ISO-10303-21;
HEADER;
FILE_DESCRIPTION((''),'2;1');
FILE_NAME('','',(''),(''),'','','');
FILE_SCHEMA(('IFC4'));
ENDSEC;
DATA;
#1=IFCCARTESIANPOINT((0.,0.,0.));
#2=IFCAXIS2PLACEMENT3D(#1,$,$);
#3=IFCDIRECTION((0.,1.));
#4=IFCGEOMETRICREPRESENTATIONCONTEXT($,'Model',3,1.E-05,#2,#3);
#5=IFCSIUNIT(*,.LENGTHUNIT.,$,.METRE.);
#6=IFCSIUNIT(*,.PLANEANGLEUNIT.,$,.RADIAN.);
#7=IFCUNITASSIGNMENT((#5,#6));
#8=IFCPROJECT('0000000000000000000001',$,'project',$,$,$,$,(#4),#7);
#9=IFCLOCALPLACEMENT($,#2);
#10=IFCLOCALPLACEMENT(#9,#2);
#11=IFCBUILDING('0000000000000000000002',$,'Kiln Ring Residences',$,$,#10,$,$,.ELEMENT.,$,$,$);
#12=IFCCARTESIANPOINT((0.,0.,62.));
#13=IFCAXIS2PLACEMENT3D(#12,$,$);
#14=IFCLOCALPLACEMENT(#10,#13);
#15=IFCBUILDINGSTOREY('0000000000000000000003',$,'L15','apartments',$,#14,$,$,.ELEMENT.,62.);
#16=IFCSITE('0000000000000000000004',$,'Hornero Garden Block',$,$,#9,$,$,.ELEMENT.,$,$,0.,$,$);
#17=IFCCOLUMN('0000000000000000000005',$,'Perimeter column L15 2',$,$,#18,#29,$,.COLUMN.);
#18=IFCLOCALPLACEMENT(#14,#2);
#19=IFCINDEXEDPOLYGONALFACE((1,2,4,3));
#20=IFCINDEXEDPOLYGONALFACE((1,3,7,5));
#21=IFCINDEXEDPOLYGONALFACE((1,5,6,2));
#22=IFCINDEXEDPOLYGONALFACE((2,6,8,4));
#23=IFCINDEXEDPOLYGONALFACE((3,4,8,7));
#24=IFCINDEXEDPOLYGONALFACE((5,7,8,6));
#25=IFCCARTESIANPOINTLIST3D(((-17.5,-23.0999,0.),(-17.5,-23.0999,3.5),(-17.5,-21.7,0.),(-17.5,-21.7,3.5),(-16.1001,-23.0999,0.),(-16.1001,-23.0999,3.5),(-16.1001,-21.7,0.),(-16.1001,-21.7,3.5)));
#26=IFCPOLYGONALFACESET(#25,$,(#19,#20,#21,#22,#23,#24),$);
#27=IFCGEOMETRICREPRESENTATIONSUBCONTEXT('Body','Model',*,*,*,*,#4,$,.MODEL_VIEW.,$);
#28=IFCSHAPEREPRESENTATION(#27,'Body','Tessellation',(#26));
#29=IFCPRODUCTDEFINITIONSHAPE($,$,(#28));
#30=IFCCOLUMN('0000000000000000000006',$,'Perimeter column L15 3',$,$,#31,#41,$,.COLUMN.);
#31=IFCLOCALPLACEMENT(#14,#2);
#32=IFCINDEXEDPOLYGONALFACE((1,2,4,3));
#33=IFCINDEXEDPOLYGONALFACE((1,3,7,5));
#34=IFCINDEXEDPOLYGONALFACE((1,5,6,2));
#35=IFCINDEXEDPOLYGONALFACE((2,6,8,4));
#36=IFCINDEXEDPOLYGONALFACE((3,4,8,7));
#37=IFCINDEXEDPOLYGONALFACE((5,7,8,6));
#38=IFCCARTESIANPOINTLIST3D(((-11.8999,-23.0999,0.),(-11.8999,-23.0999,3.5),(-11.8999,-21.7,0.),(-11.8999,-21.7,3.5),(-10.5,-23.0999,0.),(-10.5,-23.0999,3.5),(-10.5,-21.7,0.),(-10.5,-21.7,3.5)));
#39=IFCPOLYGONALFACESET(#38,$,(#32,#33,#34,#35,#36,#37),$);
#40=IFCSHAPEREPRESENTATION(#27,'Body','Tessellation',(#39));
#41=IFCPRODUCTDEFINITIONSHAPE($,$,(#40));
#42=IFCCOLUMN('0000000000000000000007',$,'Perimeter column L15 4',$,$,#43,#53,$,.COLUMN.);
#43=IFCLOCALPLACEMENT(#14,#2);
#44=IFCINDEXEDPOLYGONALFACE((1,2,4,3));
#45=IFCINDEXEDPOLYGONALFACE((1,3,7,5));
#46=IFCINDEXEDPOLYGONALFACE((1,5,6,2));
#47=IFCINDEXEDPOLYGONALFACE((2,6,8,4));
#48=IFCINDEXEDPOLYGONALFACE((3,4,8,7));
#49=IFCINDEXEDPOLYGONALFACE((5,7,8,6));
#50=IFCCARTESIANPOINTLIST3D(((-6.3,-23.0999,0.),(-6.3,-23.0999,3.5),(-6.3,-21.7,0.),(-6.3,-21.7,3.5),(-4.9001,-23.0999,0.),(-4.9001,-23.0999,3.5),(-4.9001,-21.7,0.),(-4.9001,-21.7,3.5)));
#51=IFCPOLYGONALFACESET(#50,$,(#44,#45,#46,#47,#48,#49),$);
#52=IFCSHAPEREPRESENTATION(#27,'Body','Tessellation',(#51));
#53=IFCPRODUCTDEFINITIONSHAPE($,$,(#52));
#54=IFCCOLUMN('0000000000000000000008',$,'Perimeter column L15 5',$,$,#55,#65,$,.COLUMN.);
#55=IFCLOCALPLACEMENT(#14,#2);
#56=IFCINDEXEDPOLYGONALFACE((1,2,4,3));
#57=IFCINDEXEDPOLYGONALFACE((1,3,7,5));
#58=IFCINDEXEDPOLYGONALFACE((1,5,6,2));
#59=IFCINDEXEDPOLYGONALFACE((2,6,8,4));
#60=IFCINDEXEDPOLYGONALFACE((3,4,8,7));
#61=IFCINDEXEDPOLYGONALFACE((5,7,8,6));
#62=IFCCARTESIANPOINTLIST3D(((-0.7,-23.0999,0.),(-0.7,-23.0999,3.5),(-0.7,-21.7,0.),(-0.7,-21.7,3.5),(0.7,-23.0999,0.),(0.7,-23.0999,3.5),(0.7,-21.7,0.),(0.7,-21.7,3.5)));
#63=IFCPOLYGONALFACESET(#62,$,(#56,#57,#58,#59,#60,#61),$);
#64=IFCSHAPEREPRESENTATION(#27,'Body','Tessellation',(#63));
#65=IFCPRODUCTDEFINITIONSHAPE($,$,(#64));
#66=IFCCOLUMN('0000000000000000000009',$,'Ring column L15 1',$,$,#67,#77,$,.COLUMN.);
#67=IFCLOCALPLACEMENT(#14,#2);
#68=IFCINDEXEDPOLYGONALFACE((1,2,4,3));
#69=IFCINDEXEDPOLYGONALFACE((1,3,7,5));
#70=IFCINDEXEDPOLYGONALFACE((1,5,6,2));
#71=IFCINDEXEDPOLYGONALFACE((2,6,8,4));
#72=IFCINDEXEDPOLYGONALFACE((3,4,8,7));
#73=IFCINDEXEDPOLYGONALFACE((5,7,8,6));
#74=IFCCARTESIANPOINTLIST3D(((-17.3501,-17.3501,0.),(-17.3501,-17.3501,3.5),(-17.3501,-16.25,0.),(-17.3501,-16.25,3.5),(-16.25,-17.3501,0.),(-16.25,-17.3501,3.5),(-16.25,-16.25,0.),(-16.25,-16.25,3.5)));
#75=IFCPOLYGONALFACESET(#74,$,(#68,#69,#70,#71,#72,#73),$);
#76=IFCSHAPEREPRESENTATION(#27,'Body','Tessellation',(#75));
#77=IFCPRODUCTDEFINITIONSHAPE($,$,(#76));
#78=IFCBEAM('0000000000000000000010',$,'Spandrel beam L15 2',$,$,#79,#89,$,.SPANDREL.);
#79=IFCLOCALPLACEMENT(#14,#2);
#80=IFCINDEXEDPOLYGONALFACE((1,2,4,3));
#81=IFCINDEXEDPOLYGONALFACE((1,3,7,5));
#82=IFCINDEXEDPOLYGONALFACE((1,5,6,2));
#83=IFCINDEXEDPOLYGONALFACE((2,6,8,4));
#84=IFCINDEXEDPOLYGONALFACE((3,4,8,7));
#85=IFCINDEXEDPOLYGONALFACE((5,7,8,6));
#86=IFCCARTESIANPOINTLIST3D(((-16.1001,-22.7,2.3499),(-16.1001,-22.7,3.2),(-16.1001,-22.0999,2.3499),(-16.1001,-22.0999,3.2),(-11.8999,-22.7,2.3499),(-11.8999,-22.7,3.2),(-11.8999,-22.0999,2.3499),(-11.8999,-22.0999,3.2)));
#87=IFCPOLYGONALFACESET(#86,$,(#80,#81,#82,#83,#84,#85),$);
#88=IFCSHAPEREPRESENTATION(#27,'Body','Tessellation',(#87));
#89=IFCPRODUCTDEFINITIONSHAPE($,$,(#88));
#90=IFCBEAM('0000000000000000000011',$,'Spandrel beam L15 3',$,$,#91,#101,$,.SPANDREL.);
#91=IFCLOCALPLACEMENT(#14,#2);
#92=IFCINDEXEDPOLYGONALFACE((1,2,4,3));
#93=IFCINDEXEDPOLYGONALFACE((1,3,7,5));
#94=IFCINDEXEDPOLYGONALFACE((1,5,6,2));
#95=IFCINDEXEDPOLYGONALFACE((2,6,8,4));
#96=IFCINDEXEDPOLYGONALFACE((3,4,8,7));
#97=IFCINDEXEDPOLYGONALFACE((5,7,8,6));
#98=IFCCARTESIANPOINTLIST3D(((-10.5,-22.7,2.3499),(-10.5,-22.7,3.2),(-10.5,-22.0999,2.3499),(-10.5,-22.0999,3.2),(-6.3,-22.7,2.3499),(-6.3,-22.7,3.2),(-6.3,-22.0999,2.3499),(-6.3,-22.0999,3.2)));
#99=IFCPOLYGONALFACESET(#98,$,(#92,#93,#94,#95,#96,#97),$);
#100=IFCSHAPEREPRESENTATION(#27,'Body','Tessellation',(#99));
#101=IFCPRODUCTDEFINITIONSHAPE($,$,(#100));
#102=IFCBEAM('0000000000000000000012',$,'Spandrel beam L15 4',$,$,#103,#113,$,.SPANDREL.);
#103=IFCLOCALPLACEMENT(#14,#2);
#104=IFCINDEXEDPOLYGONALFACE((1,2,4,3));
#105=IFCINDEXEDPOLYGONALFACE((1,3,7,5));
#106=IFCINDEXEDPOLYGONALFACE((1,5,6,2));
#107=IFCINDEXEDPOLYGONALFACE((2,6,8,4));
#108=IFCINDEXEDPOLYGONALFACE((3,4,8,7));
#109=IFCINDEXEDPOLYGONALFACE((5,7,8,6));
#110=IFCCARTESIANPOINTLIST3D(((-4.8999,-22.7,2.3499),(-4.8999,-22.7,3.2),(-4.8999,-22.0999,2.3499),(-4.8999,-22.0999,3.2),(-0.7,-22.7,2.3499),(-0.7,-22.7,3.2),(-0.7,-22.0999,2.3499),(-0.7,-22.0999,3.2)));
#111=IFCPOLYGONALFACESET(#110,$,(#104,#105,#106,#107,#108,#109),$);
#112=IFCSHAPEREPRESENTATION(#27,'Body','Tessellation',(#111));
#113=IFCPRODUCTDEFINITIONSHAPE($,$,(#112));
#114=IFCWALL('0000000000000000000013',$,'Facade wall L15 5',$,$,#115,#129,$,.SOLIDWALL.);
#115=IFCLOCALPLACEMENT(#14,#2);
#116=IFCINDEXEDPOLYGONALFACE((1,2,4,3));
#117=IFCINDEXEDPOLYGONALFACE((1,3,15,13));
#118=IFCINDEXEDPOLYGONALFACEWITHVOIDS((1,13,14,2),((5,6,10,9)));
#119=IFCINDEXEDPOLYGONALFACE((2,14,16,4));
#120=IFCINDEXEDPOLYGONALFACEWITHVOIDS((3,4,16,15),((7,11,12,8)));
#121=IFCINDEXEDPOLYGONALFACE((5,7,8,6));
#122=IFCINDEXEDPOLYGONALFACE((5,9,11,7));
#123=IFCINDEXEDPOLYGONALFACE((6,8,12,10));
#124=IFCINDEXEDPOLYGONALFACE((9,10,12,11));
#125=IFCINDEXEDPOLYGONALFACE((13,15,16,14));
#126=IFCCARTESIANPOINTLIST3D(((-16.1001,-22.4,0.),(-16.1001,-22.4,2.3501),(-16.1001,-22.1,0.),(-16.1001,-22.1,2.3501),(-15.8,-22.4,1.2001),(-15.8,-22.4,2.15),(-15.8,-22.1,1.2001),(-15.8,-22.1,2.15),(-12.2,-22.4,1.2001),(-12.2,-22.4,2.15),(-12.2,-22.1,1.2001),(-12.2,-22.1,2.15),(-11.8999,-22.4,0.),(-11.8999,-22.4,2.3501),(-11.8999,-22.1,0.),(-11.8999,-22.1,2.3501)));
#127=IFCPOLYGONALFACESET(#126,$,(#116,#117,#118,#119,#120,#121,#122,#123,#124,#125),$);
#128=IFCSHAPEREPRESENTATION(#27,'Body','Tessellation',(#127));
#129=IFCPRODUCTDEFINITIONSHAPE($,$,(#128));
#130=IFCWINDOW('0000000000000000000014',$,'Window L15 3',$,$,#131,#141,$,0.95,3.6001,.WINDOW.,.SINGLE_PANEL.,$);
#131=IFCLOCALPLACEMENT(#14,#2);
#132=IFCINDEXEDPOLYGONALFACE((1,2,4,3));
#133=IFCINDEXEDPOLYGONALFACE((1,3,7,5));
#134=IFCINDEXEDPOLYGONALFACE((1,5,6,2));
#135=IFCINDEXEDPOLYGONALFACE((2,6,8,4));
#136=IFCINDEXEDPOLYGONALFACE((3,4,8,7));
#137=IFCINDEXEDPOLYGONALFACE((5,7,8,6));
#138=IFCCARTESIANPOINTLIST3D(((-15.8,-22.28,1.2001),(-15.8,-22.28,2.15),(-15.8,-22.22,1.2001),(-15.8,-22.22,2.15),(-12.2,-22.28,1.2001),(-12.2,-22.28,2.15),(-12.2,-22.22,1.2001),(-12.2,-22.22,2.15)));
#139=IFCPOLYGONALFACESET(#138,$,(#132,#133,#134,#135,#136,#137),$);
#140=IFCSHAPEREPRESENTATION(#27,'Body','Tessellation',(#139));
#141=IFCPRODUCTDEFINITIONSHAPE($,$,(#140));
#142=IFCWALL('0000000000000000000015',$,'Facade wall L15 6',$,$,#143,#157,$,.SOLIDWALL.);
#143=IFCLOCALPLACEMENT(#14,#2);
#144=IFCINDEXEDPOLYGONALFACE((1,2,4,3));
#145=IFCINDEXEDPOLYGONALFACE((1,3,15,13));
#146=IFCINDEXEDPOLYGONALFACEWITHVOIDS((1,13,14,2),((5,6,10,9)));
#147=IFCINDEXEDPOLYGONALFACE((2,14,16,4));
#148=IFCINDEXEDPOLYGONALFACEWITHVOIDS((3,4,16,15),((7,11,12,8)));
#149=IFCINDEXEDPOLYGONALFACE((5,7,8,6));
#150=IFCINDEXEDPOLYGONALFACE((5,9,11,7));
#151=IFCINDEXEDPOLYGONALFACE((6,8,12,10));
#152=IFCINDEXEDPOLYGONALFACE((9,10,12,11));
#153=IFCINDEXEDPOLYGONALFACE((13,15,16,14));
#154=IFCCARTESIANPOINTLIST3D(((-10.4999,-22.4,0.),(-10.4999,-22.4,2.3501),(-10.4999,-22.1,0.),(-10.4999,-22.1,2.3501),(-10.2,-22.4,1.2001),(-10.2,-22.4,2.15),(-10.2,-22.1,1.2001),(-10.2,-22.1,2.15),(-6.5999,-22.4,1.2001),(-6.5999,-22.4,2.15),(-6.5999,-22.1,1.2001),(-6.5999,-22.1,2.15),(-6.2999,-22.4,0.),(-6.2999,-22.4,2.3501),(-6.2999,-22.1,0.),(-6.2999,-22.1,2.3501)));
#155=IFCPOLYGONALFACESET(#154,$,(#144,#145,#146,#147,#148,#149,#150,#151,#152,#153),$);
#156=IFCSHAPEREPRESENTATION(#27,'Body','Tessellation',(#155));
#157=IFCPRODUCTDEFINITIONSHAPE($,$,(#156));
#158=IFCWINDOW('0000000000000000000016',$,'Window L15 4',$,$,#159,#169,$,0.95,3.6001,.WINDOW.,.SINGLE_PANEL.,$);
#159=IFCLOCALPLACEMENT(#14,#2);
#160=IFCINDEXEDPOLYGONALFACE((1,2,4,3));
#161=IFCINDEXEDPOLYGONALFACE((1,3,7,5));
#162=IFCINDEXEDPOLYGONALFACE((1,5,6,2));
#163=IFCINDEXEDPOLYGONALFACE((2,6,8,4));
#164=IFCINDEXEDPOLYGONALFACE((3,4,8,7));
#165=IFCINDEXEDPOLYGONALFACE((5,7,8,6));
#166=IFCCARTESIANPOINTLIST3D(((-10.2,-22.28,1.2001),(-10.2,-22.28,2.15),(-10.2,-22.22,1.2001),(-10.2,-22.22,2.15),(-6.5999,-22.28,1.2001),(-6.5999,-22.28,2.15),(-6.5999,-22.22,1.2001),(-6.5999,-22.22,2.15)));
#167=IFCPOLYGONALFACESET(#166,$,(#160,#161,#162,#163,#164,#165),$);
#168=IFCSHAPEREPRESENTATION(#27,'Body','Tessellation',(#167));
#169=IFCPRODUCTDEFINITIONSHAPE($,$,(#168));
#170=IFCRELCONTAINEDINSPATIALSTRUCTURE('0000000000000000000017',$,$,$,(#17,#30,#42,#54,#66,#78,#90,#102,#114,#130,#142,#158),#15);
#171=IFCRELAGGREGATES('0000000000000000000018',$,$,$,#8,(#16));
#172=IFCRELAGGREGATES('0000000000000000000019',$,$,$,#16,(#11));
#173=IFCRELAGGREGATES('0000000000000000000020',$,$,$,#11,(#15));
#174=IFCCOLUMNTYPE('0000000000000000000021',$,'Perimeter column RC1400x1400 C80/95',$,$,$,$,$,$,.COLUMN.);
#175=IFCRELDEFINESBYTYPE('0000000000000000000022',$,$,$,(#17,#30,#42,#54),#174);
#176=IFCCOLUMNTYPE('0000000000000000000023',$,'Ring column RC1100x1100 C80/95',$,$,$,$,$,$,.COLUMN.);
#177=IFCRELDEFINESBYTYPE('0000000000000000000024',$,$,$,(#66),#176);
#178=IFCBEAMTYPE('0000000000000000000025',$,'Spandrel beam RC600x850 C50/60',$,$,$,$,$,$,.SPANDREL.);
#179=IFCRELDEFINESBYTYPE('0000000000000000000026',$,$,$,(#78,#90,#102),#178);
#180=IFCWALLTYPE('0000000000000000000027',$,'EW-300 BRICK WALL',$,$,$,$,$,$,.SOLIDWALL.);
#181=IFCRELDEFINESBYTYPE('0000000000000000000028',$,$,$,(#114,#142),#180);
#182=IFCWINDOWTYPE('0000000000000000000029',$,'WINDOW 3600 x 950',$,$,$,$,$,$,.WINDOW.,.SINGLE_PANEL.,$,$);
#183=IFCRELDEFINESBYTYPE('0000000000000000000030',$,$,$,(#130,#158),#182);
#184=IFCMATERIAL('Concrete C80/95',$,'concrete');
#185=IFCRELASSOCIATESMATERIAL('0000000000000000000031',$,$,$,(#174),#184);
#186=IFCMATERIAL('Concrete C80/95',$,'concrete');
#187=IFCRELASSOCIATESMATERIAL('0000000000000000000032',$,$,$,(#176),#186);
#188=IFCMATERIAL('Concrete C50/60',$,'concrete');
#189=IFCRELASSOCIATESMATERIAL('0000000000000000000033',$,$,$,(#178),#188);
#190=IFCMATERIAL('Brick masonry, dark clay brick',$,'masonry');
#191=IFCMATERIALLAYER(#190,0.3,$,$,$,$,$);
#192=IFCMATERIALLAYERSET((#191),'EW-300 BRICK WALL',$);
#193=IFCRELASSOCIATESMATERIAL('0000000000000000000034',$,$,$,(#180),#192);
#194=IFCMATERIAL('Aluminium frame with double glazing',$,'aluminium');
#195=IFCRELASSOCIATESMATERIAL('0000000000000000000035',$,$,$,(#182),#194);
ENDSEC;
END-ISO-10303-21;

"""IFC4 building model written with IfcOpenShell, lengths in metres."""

from ifc_helpers import new_model, si_unit, direction, frame, frame_2d, origin, origin_2d, place, context, subcontext, project, spatial, rectangle, extrude, material, layer, layer_set, material_profile, profile_set, type_object, element, fill, save


model = new_model("IFC4")

# Units and contexts
model_context = context("Model", 3, precision=1e-05, world=origin(), true_north=direction((0.0, 1.0)))
body_context = subcontext(model_context, "Body", "Model", "MODEL_VIEW")
ifc_project = project(units=[si_unit("LENGTHUNIT", "METRE"), si_unit("PLANEANGLEUNIT", "RADIAN")], contexts=[model_context])

# Site, building, storey
site_placement = place(None, origin())
site = spatial("IfcSite", under=ifc_project, at=site_placement, Name="Hornero Garden Block", CompositionType="ELEMENT", RefElevation=0.0)
building_placement = place(site_placement, origin())
building = spatial("IfcBuilding", under=site, at=building_placement, Name="Kiln Ring Residences", CompositionType="ELEMENT")
storey_placement = place(building_placement, frame((0.0, 0.0, 62.0)))
storey = spatial("IfcBuildingStorey", under=building, at=storey_placement, Name="L15", Description="apartments", CompositionType="ELEMENT", Elevation=62.0)

# Columns
ifc_material_1 = material(Name="Concrete C80/95", Category="concrete")
ifc_material_profile_1 = material_profile(ifc_material_1, rectangle(XDim=1.3999, YDim=1.3999, at=origin_2d()), Name="RC1400x1400")
ifc_profile_set_1 = profile_set([ifc_material_profile_1], Name="Concrete C80/95")
column_type_1 = type_object("IfcColumnType", Name="Perimeter column RC1400x1400 C80/95", PredefinedType="COLUMN", material=ifc_profile_set_1)
for number, where, z_axis, x_axis, name in (
    (1, (-16.8, -22.3999, 0.0), (0.0, 0.0, 1.0), (1.0, 0.0, 0.0), "Perimeter column L15 2"),
    (2, (-11.2, -22.3999, 0.0), (0.0, 0.0, 1.0), (1.0, 0.0, 0.0), "Perimeter column L15 3"),
    (3, (-5.6001, -22.3999, 0.0), (0.0, 0.0, 1.0), (1.0, 0.0, 0.0), "Perimeter column L15 4"),
    (4, (0.0, -22.3999, 0.0), (0.0, 0.0, 1.0), (1.0, 0.0, 0.0), "Perimeter column L15 5"),
):
    element("IfcColumn", number, at=place(storey_placement, frame(where, z_axis=z_axis, x_axis=x_axis)), inside=storey, type_object=column_type_1, Name=name, PredefinedType="COLUMN", context=body_context, shape_type="SweptSolid", body=[
        extrude(rectangle(XDim=1.3999, YDim=1.3999, at=origin_2d()), origin(), (0.0, 0.0, 1.0), 3.5),
    ])
ifc_material_2 = material(Name="Concrete C80/95", Category="concrete")
ifc_material_profile_2 = material_profile(ifc_material_2, rectangle(XDim=1.1001, YDim=1.1001, at=origin_2d()), Name="RC1100x1100")
ifc_profile_set_2 = profile_set([ifc_material_profile_2], Name="Concrete C80/95")
column_type_2 = type_object("IfcColumnType", Name="Ring column RC1100x1100 C80/95", PredefinedType="COLUMN", material=ifc_profile_set_2)
column_placement = place(storey_placement, frame((-16.8, -16.8, 0.0), z_axis=(0.0, 0.0, 1.0), x_axis=(1.0, 0.0, 0.0)))
element("IfcColumn", 5, at=column_placement, inside=storey, type_object=column_type_2, Name="Ring column L15 1", PredefinedType="COLUMN", context=body_context, shape_type="SweptSolid", body=[
    extrude(rectangle(XDim=1.1001, YDim=1.1001, at=origin_2d()), origin(), (0.0, 0.0, 1.0), 3.5),
])

# Beams
ifc_material_3 = material(Name="Concrete C50/60", Category="concrete")
ifc_material_profile_3 = material_profile(ifc_material_3, rectangle(XDim=0.6001, YDim=0.8501, at=origin_2d()), Name="RC600x850")
ifc_profile_set_3 = profile_set([ifc_material_profile_3], Name="Concrete C50/60")
beam_type = type_object("IfcBeamType", Name="Spandrel beam RC600x850 C50/60", PredefinedType="SPANDREL", material=ifc_profile_set_3)
beam_placement = place(storey_placement, frame((-16.1001, -22.3999, 2.7749), z_axis=(1.0, 0.0, 0.0), x_axis=(0.0, 1.0, 0.0)))
element("IfcBeam", 6, at=beam_placement, inside=storey, type_object=beam_type, Name="Spandrel beam L15 2", PredefinedType="SPANDREL", context=body_context, shape_type="SweptSolid", body=[
    extrude(rectangle(XDim=0.6001, YDim=0.8501, at=origin_2d()), origin(), (0.0, 0.0, 1.0), 4.2002),
])
for number, where, z_axis, x_axis, name in (
    (7, (-10.5, -22.3999, 2.7749), (1.0, 0.0, 0.0), (0.0, 1.0, 0.0), "Spandrel beam L15 3"),
    (8, (-4.8999, -22.3999, 2.7749), (1.0, 0.0, 0.0), (0.0, 1.0, 0.0), "Spandrel beam L15 4"),
):
    element("IfcBeam", number, at=place(storey_placement, frame(where, z_axis=z_axis, x_axis=x_axis)), inside=storey, type_object=beam_type, Name=name, PredefinedType="SPANDREL", context=body_context, shape_type="SweptSolid", body=[
        extrude(rectangle(XDim=0.6001, YDim=0.8501, at=origin_2d()), origin(), (0.0, 0.0, 1.0), 4.2),
    ])

# Walls, openings, windows
ifc_material_4 = material(Name="Brick masonry, dark clay brick", Category="masonry")
ifc_layer_1 = layer(ifc_material_4, 0.3)
ifc_layer_set_1 = layer_set([ifc_layer_1], Name="EW-300 BRICK WALL")
wall_type_1 = type_object("IfcWallType", Name="EW-300 BRICK WALL", PredefinedType="SOLIDWALL", material=ifc_layer_set_1)
wall_1_placement = place(storey_placement, frame((-16.1001, -22.25, 0.0), z_axis=(0.0, 0.0, 1.0), x_axis=(1.0, 0.0, 0.0)))
wall_1 = element("IfcWall", 9, at=wall_1_placement, inside=storey, type_object=wall_type_1, Name="Facade wall L15 5", PredefinedType="SOLIDWALL", context=body_context, shape_type="SweptSolid", body=[
    extrude(rectangle(XDim=4.2002, YDim=0.3, at=frame_2d((2.1001, 0.0))), origin(), (0.0, 0.0, 1.0), 2.3501),
])
opening_1_placement = place(wall_1_placement, frame((0.3, 0.0, 1.2)))
opening_1 = element("IfcOpeningElement", 10, at=opening_1_placement, cuts=wall_1, PredefinedType="OPENING", context=body_context, shape_type="SweptSolid", body=[
    extrude(rectangle(XDim=3.6001, YDim=0.95, at=frame_2d((1.8, 0.4751))), frame((0.0, 0.1599, 0.0), z_axis=(0.0, -1.0, 0.0), x_axis=(1.0, 0.0, 0.0)), (0.0, 0.0, 1.0), 0.3201),
])
ifc_material_5 = material(Name="Aluminium frame with double glazing", Category="aluminium")
window_type = type_object("IfcWindowType", Name="WINDOW 3600 x 950", PartitioningType="SINGLE_PANEL", PredefinedType="WINDOW", material=ifc_material_5)
window_1_placement = place(opening_1_placement, origin())
window_1 = element("IfcWindow", 11, at=window_1_placement, inside=storey, type_object=window_type, Name="Window L15 3", OverallHeight=0.95, OverallWidth=3.6001, PartitioningType="SINGLE_PANEL", PredefinedType="WINDOW", context=body_context, shape_type="SweptSolid", body=[
    extrude(rectangle(XDim=3.6001, YDim=0.95, at=frame_2d((1.8, 0.4751))), frame((0.0, 0.03, 0.0), z_axis=(0.0, -1.0, 0.0), x_axis=(1.0, 0.0, 0.0)), (0.0, 0.0, 1.0), 0.0601),
])
fill(opening_1, window_1)
wall_2_placement = place(storey_placement, frame((-10.5, -22.25, 0.0), z_axis=(0.0, 0.0, 1.0), x_axis=(1.0, 0.0, 0.0)))
wall_2 = element("IfcWall", 12, at=wall_2_placement, inside=storey, type_object=wall_type_1, Name="Facade wall L15 6", PredefinedType="SOLIDWALL", context=body_context, shape_type="SweptSolid", body=[
    extrude(rectangle(XDim=4.2, YDim=0.3, at=frame_2d((2.1001, 0.0))), origin(), (0.0, 0.0, 1.0), 2.3501),
])
opening_2_placement = place(wall_2_placement, frame((0.3, 0.0, 1.2)))
opening_2 = element("IfcOpeningElement", 13, at=opening_2_placement, cuts=wall_2, PredefinedType="OPENING", context=body_context, shape_type="SweptSolid", body=[
    extrude(rectangle(XDim=3.6001, YDim=0.95, at=frame_2d((1.8, 0.4751))), frame((0.0, 0.1599, 0.0), z_axis=(0.0, -1.0, 0.0), x_axis=(1.0, 0.0, 0.0)), (0.0, 0.0, 1.0), 0.3201),
])
window_2_placement = place(opening_2_placement, origin())
window_2 = element("IfcWindow", 14, at=window_2_placement, inside=storey, type_object=window_type, Name="Window L15 4", OverallHeight=0.95, OverallWidth=3.6001, PartitioningType="SINGLE_PANEL", PredefinedType="WINDOW", context=body_context, shape_type="SweptSolid", body=[
    extrude(rectangle(XDim=3.6001, YDim=0.95, at=frame_2d((1.8, 0.4751))), frame((0.0, 0.03, 0.0), z_axis=(0.0, -1.0, 0.0), x_axis=(1.0, 0.0, 0.0)), (0.0, 0.0, 1.0), 0.0601),
])
fill(opening_2, window_2)

save(model, "model.ifc")
